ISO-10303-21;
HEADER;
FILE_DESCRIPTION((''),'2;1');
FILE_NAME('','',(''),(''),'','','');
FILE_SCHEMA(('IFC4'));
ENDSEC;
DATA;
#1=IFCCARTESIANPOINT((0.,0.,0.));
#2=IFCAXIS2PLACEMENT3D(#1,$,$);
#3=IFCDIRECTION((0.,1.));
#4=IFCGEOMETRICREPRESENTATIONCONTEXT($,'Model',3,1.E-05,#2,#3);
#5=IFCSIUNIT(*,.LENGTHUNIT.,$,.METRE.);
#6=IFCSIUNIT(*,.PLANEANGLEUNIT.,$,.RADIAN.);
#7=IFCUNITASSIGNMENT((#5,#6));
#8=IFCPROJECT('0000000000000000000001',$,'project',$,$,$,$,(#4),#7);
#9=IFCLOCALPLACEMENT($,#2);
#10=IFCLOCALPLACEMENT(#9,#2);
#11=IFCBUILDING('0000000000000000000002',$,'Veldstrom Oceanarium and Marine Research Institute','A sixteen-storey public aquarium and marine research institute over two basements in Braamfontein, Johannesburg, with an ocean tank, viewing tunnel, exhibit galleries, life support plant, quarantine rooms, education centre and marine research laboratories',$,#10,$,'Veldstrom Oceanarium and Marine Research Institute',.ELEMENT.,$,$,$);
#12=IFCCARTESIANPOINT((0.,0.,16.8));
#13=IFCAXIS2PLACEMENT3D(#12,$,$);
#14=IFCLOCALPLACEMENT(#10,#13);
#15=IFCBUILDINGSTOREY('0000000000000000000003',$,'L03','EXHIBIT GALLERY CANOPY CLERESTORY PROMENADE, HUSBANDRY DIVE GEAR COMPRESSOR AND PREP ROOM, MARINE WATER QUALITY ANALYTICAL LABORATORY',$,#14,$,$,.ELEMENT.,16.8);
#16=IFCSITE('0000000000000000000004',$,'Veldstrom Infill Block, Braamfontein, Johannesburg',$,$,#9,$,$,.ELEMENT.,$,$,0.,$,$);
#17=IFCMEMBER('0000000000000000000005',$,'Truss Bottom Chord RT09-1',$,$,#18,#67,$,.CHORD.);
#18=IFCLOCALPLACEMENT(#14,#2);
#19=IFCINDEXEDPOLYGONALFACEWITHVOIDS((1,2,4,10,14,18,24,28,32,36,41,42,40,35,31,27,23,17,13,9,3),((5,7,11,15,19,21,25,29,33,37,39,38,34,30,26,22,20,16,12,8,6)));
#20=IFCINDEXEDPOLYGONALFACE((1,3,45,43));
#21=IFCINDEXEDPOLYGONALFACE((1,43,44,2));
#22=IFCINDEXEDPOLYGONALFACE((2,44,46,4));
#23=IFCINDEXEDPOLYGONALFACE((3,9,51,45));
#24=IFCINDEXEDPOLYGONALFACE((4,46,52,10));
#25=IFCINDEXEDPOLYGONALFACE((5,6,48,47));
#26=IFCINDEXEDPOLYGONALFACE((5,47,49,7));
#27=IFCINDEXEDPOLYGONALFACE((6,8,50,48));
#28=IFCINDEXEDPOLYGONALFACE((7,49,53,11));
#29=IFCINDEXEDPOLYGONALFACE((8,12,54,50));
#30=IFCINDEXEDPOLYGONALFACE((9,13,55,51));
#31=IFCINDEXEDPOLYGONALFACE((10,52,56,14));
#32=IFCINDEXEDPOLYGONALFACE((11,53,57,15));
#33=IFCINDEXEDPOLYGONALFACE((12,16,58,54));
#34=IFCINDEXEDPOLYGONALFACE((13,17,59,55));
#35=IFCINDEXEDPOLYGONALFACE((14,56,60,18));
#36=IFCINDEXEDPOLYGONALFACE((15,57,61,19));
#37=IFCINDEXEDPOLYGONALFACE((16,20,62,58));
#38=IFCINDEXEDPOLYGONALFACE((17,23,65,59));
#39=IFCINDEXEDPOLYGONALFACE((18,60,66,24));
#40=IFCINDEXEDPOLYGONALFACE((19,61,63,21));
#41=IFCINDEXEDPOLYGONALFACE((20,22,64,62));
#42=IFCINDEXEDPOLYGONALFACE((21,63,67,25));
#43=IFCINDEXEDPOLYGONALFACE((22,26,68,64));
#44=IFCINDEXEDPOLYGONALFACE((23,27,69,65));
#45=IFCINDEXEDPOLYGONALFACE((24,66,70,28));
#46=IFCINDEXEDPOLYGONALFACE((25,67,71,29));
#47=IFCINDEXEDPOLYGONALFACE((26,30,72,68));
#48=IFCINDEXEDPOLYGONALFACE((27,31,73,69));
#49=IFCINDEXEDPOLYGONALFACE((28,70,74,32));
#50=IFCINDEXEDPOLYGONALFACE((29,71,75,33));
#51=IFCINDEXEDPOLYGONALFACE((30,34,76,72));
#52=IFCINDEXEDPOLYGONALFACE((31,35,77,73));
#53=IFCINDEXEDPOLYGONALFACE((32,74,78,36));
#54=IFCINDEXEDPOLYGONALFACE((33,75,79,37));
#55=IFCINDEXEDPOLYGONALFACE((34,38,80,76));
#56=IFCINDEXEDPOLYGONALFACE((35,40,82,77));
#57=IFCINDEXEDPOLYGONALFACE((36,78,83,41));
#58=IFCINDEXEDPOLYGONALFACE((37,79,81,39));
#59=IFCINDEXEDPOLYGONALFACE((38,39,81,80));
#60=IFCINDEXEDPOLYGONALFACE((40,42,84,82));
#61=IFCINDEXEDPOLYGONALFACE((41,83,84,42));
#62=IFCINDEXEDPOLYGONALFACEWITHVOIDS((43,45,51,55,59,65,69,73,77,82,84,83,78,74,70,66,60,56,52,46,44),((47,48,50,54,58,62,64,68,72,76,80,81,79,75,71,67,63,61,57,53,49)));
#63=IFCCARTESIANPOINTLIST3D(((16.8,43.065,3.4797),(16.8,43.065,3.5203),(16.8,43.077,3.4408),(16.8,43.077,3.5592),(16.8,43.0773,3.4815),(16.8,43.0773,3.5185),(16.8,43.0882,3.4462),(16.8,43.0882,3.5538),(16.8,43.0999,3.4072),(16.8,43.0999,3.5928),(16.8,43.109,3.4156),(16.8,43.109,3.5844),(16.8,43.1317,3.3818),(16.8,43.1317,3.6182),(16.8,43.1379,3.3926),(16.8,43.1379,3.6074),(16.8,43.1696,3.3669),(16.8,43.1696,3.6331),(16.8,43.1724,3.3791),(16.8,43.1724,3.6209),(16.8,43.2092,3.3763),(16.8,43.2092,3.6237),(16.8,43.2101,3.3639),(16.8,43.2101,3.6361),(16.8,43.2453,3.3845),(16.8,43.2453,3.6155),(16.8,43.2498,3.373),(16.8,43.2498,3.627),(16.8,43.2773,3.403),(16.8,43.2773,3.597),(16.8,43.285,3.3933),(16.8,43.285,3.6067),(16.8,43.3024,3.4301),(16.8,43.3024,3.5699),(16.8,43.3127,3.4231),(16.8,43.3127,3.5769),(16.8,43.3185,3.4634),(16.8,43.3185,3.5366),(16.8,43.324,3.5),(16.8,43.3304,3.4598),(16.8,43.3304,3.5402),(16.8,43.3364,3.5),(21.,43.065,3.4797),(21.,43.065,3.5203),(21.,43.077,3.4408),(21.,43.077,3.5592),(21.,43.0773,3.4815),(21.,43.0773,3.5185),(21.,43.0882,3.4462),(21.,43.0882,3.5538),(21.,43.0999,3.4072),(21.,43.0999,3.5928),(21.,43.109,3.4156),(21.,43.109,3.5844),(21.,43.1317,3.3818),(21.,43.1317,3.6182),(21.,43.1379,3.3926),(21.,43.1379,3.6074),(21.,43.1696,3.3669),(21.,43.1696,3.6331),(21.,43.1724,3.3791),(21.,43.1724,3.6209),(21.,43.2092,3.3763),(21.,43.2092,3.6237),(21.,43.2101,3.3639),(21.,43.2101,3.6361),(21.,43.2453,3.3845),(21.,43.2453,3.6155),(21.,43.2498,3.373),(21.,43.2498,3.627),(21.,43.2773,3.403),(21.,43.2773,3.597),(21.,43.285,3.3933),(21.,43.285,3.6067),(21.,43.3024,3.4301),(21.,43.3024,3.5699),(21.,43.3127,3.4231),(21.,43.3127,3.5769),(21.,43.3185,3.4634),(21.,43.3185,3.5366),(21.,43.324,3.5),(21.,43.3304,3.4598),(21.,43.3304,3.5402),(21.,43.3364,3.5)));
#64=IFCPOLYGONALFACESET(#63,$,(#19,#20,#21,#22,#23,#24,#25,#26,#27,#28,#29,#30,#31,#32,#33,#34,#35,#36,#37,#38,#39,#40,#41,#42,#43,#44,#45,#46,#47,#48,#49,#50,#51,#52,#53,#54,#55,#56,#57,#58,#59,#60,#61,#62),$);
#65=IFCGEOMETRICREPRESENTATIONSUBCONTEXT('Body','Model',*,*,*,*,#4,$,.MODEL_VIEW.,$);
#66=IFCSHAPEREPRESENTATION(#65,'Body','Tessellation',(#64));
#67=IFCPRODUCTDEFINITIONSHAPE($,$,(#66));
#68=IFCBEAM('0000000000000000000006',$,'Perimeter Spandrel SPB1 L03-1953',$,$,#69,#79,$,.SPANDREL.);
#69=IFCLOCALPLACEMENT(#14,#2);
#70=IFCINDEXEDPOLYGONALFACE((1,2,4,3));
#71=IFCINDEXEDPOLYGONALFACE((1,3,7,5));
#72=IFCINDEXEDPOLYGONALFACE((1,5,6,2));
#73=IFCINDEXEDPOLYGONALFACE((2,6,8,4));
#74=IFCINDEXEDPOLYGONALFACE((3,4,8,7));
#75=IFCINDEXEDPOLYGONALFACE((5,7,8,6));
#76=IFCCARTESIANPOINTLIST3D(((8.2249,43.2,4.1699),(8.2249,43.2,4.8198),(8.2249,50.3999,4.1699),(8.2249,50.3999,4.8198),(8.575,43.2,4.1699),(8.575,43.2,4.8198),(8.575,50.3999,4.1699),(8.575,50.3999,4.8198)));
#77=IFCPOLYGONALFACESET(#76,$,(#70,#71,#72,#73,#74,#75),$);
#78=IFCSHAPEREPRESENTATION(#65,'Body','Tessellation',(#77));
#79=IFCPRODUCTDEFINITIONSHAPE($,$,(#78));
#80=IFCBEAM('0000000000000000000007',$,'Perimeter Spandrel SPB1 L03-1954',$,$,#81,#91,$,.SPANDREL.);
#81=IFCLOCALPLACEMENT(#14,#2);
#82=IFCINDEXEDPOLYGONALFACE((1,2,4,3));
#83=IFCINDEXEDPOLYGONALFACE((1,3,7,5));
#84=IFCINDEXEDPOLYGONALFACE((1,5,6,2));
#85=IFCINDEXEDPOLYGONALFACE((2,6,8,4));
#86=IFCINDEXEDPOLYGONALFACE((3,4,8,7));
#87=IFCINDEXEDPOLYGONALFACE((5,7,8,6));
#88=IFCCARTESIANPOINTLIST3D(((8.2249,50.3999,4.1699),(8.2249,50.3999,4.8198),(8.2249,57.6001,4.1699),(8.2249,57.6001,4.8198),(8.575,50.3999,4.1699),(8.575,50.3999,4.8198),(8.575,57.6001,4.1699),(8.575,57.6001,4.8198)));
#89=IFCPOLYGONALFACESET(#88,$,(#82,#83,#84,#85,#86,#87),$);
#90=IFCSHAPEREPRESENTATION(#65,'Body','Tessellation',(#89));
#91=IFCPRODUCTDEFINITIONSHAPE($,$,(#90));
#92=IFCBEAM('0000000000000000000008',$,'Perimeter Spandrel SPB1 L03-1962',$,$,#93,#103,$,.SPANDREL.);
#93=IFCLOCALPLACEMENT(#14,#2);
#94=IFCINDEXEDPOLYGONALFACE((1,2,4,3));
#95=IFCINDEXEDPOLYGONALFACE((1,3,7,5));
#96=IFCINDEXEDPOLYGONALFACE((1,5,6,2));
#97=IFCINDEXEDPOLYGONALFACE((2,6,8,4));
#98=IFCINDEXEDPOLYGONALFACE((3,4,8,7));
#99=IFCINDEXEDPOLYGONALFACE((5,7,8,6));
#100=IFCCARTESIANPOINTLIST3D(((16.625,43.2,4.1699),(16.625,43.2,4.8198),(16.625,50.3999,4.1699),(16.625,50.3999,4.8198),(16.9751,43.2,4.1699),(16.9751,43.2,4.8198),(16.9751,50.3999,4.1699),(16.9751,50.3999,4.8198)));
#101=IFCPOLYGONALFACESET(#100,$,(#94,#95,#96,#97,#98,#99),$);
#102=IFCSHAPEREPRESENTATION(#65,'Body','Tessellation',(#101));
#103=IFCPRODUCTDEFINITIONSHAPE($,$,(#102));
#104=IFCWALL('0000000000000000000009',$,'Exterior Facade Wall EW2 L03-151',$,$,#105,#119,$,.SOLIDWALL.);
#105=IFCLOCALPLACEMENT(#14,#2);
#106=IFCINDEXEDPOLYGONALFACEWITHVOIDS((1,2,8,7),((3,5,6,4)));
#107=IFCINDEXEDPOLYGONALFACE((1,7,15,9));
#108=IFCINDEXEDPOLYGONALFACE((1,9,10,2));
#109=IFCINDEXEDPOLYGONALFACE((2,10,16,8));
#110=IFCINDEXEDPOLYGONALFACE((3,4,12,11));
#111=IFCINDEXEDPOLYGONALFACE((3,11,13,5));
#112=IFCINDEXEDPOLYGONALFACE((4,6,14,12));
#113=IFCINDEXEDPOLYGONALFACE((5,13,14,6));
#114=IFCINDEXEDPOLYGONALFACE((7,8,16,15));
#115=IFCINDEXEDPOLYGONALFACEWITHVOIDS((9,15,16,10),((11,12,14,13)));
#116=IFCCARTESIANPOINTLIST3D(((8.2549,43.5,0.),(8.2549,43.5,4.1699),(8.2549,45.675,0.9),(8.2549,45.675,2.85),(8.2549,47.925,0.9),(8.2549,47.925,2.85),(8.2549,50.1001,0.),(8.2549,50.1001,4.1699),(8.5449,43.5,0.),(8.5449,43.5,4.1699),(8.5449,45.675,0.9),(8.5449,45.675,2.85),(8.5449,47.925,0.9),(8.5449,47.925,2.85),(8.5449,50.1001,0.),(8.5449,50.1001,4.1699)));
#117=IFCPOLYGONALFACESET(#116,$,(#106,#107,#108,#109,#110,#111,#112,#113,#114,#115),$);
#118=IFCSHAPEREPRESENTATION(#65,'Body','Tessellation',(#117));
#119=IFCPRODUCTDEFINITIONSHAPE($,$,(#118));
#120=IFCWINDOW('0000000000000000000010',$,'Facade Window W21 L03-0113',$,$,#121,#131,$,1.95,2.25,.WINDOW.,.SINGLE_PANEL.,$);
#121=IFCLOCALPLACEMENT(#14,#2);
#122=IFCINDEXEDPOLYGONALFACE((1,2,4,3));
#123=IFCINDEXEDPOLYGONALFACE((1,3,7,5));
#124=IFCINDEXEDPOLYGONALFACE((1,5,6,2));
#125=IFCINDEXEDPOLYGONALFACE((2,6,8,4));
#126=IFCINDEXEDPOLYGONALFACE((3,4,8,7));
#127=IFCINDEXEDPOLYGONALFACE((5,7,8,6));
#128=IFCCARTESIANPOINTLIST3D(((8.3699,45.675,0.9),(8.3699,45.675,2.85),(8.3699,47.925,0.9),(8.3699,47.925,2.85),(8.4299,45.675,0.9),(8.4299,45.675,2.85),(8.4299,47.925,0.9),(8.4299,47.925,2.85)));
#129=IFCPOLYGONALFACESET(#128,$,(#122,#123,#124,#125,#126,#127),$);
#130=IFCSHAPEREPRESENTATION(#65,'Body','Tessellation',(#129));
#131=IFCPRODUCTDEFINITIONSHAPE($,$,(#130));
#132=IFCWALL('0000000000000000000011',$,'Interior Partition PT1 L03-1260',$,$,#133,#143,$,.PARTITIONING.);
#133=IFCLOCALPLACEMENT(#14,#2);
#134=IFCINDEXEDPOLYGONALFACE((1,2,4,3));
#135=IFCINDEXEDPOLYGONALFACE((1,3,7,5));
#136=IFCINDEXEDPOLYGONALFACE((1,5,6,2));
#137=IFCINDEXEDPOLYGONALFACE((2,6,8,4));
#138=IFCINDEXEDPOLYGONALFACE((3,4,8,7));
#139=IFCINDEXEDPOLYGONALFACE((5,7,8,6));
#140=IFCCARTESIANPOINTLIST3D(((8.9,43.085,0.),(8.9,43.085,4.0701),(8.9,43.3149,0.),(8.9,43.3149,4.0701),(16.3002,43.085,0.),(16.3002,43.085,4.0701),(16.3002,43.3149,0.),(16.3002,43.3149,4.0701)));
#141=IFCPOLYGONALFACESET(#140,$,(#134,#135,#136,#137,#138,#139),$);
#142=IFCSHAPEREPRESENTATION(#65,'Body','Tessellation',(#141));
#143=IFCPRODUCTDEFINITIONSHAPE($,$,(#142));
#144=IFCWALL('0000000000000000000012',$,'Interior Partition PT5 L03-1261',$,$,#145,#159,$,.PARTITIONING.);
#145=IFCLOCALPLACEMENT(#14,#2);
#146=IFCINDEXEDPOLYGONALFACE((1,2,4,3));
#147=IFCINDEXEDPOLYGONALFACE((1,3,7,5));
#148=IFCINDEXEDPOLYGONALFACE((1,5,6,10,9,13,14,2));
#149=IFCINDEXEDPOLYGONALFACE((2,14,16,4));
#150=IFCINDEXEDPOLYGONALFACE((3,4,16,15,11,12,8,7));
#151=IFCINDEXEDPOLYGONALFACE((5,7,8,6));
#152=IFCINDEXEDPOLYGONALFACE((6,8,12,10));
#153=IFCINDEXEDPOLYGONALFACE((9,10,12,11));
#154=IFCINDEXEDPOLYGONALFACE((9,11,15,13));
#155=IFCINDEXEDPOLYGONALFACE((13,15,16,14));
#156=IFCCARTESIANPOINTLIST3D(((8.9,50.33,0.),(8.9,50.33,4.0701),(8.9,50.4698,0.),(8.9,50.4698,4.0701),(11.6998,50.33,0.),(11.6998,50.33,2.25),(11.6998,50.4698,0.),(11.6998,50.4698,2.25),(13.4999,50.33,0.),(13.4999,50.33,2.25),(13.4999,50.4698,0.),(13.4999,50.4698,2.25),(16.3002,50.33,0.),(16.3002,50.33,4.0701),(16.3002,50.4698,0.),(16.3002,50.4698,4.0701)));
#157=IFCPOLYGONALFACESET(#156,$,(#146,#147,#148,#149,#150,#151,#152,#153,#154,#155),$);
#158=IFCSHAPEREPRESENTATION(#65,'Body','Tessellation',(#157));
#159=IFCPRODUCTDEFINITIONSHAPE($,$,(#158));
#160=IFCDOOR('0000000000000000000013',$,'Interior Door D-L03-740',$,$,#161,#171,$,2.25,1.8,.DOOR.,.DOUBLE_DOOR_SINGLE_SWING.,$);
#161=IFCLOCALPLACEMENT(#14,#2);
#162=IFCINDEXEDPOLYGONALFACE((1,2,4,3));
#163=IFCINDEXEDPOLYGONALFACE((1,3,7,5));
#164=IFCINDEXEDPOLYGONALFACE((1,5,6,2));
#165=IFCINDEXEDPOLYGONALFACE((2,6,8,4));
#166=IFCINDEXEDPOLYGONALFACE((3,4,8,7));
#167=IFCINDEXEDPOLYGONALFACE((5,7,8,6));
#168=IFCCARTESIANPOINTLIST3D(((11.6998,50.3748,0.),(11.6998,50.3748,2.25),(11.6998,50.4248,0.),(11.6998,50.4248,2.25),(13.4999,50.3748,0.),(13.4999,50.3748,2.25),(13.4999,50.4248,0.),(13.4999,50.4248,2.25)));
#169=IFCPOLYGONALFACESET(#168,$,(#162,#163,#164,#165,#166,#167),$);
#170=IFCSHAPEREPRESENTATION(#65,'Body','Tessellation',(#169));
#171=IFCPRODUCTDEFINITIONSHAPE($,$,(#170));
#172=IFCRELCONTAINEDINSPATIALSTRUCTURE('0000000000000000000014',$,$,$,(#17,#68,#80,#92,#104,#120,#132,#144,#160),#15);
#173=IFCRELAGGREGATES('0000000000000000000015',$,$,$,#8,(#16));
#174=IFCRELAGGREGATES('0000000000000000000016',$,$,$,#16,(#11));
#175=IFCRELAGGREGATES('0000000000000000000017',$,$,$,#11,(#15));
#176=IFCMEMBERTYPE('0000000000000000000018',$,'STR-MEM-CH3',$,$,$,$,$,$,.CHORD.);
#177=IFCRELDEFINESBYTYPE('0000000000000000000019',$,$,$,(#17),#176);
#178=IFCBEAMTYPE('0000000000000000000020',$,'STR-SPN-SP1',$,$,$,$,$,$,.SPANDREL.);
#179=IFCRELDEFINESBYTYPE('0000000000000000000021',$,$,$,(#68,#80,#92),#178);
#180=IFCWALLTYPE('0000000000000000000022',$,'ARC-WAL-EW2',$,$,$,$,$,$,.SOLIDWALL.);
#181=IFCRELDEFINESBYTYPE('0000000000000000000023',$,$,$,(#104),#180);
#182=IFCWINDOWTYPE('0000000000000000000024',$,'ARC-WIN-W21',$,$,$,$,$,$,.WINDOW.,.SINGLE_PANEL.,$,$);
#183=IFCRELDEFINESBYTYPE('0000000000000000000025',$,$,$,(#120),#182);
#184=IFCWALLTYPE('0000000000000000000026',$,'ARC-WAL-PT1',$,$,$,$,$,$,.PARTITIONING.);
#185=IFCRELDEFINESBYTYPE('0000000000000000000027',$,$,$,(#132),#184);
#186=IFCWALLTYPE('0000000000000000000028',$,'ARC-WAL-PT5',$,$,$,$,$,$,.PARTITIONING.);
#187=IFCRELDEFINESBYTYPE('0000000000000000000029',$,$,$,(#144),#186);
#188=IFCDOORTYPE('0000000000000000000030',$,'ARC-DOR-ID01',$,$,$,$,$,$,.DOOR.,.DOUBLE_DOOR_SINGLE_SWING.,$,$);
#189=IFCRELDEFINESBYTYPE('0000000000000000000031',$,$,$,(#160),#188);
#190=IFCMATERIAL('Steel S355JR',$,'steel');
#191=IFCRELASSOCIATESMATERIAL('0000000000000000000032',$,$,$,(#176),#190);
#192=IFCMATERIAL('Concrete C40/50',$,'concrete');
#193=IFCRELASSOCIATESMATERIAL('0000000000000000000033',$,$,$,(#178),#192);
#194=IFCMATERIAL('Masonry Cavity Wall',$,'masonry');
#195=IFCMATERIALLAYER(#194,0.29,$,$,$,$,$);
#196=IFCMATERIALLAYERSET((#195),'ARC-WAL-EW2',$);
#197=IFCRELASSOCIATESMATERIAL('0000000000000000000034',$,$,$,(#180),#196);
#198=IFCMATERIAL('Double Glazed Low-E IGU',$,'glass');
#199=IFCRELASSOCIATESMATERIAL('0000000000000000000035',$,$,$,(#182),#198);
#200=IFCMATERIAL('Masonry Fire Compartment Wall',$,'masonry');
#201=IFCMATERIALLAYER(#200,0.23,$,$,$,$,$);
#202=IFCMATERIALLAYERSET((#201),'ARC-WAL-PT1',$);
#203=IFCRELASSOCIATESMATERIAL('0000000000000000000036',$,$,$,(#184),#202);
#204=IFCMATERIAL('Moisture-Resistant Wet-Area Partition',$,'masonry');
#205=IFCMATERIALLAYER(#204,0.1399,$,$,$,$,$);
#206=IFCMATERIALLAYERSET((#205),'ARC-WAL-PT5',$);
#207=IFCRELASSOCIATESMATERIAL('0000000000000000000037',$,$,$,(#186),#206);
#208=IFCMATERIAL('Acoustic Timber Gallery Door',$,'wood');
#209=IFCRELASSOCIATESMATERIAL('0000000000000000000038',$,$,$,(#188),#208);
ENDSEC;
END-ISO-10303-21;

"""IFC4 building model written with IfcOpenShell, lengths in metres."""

from ifc_helpers import new_model, si_unit, direction, frame, frame_2d, origin, origin_2d, place, context, subcontext, project, spatial, rectangle, hollow_circle, extrude, material, layer, layer_set, material_profile, profile_set, type_object, element, fill, save


model = new_model("IFC4")

# Units and contexts
model_context = context("Model", 3, precision=1e-05, world=origin(), true_north=direction((0.0, 1.0)))
body_context = subcontext(model_context, "Body", "Model", "MODEL_VIEW")
ifc_project = project(units=[si_unit("LENGTHUNIT", "METRE"), si_unit("PLANEANGLEUNIT", "RADIAN")], contexts=[model_context])

# Site, building, storey
site_placement = place(None, origin())
site = spatial("IfcSite", under=ifc_project, at=site_placement, Name="Veldstrom Infill Block, Braamfontein, Johannesburg", CompositionType="ELEMENT", RefElevation=0.0)
building_placement = place(site_placement, origin())
building = spatial("IfcBuilding", under=site, at=building_placement, Name="Veldstrom Oceanarium and Marine Research Institute", Description="A sixteen-storey public aquarium and marine research institute over two basements in Braamfontein, Johannesburg, with an ocean tank, viewing tunnel, exhibit galleries, life support plant, quarantine rooms, education centre and marine research laboratories", LongName="Veldstrom Oceanarium and Marine Research Institute", CompositionType="ELEMENT")
storey_placement = place(building_placement, frame((0.0, 0.0, 16.8)))
storey = spatial("IfcBuildingStorey", under=building, at=storey_placement, Name="L03", Description="EXHIBIT GALLERY CANOPY CLERESTORY PROMENADE, HUSBANDRY DIVE GEAR COMPRESSOR AND PREP ROOM, MARINE WATER QUALITY ANALYTICAL LABORATORY", CompositionType="ELEMENT", Elevation=16.8)

# Member
ifc_material_1 = material(Name="Steel S355JR", Category="steel")
ifc_material_profile_1 = material_profile(ifc_material_1, hollow_circle(Radius=0.1365, WallThickness=0.0125, at=origin_2d()), Name="CHS 273x12.5")
ifc_profile_set_1 = profile_set([ifc_material_profile_1], Name="Steel S355JR")
member_type_1 = type_object("IfcMemberType", Name="STR-MEM-CH3", PredefinedType="CHORD", material=ifc_profile_set_1)
member_1_placement = place(storey_placement, frame((16.8, 43.2, 3.5), z_axis=(1.0, 0.0, 0.0), x_axis=(0.0, 1.0, 0.0)))
element("IfcMember", 1, at=member_1_placement, inside=storey, type_object=member_type_1, Name="Truss Bottom Chord RT09-1", PredefinedType="CHORD", context=body_context, shape_type="SweptSolid", body=[
    extrude(hollow_circle(Radius=0.1365, WallThickness=0.0125, at=origin_2d()), origin(), (0.0, 0.0, 1.0), 4.2),
])

# Beams
ifc_material_2 = material(Name="Concrete C40/50", Category="concrete")
ifc_material_profile_2 = material_profile(ifc_material_2, rectangle(XDim=0.3501, YDim=0.6499, at=origin_2d()), Name="RC-SPN-350x650")
ifc_profile_set_2 = profile_set([ifc_material_profile_2], Name="Concrete C40/50")
beam_type_1 = type_object("IfcBeamType", Name="STR-SPN-SP1", PredefinedType="SPANDREL", material=ifc_profile_set_2)
beam_1_placement = place(storey_placement, frame((8.3999, 43.2, 4.4949), z_axis=(0.0, 1.0, 0.0), x_axis=(-1.0, 0.0, 0.0)))
element("IfcBeam", 2, at=beam_1_placement, inside=storey, type_object=beam_type_1, Name="Perimeter Spandrel SPB1 L03-1953", PredefinedType="SPANDREL", context=body_context, shape_type="SweptSolid", body=[
    extrude(rectangle(XDim=0.3501, YDim=0.6499, at=origin_2d()), origin(), (0.0, 0.0, 1.0), 7.2),
])
beam_2_placement = place(storey_placement, frame((8.3999, 50.3999, 4.4949), z_axis=(0.0, 1.0, 0.0), x_axis=(-1.0, 0.0, 0.0)))
element("IfcBeam", 3, at=beam_2_placement, inside=storey, type_object=beam_type_1, Name="Perimeter Spandrel SPB1 L03-1954", PredefinedType="SPANDREL", context=body_context, shape_type="SweptSolid", body=[
    extrude(rectangle(XDim=0.3501, YDim=0.6499, at=origin_2d()), origin(), (0.0, 0.0, 1.0), 7.2002),
])
beam_3_placement = place(storey_placement, frame((16.8, 43.2, 4.4949), z_axis=(0.0, 1.0, 0.0), x_axis=(-1.0, 0.0, 0.0)))
element("IfcBeam", 4, at=beam_3_placement, inside=storey, type_object=beam_type_1, Name="Perimeter Spandrel SPB1 L03-1962", PredefinedType="SPANDREL", context=body_context, shape_type="SweptSolid", body=[
    extrude(rectangle(XDim=0.3501, YDim=0.6499, at=origin_2d()), origin(), (0.0, 0.0, 1.0), 7.2),
])

# Wall, opening, window
ifc_material_3 = material(Name="Masonry Cavity Wall", Category="masonry")
ifc_layer_1 = layer(ifc_material_3, 0.29)
ifc_layer_set_1 = layer_set([ifc_layer_1], Name="ARC-WAL-EW2")
wall_type_1 = type_object("IfcWallType", Name="ARC-WAL-EW2", PredefinedType="SOLIDWALL", material=ifc_layer_set_1)
wall_1_placement = place(storey_placement, frame((8.3999, 43.5, 0.0), z_axis=(0.0, 0.0, 1.0), x_axis=(0.0, 1.0, 0.0)))
wall_1 = element("IfcWall", 5, at=wall_1_placement, inside=storey, type_object=wall_type_1, Name="Exterior Facade Wall EW2 L03-151", PredefinedType="SOLIDWALL", context=body_context, shape_type="SweptSolid", body=[
    extrude(rectangle(XDim=6.6001, YDim=0.29, at=frame_2d((3.3, 0.0))), origin(), (0.0, 0.0, 1.0), 4.1699),
])
opening_1_placement = place(wall_1_placement, frame((2.175, 0.0, 0.8999)))
opening_1 = element("IfcOpeningElement", 6, at=opening_1_placement, cuts=wall_1, PredefinedType="OPENING", context=body_context, shape_type="SweptSolid", body=[
    extrude(rectangle(XDim=2.25, YDim=1.95, at=frame_2d((1.125, 0.9751))), frame((0.0, 0.155, 0.0), z_axis=(0.0, -1.0, 0.0), x_axis=(1.0, 0.0, 0.0)), (0.0, 0.0, 1.0), 0.3101),
])
ifc_material_4 = material(Name="Double Glazed Low-E IGU", Category="glass")
window_type = type_object("IfcWindowType", Name="ARC-WIN-W21", PartitioningType="SINGLE_PANEL", PredefinedType="WINDOW", material=ifc_material_4)
window_placement = place(opening_1_placement, origin())
window = element("IfcWindow", 7, at=window_placement, inside=storey, type_object=window_type, Name="Facade Window W21 L03-0113", OverallHeight=1.95, OverallWidth=2.25, PartitioningType="SINGLE_PANEL", PredefinedType="WINDOW", context=body_context, shape_type="SweptSolid", body=[
    extrude(rectangle(XDim=2.25, YDim=1.95, at=frame_2d((1.125, 0.9751))), frame((0.0, 0.03, 0.0), z_axis=(0.0, -1.0, 0.0), x_axis=(1.0, 0.0, 0.0)), (0.0, 0.0, 1.0), 0.0601),
])
fill(opening_1, window)

# Wall
ifc_material_5 = material(Name="Masonry Fire Compartment Wall", Category="masonry")
ifc_layer_2 = layer(ifc_material_5, 0.23)
ifc_layer_set_2 = layer_set([ifc_layer_2], Name="ARC-WAL-PT1")
wall_type_2 = type_object("IfcWallType", Name="ARC-WAL-PT1", PredefinedType="PARTITIONING", material=ifc_layer_set_2)
wall_2_placement = place(storey_placement, frame((8.8999, 43.2, 0.0), z_axis=(0.0, 0.0, 1.0), x_axis=(1.0, 0.0, 0.0)))
element("IfcWall", 8, at=wall_2_placement, inside=storey, type_object=wall_type_2, Name="Interior Partition PT1 L03-1260", PredefinedType="PARTITIONING", context=body_context, shape_type="SweptSolid", body=[
    extrude(rectangle(XDim=7.4001, YDim=0.23, at=frame_2d((3.7002, 0.0))), origin(), (0.0, 0.0, 1.0), 4.0701),
])

# Wall, opening, door
ifc_material_6 = material(Name="Moisture-Resistant Wet-Area Partition", Category="masonry")
ifc_layer_3 = layer(ifc_material_6, 0.1399)
ifc_layer_set_3 = layer_set([ifc_layer_3], Name="ARC-WAL-PT5")
wall_type_3 = type_object("IfcWallType", Name="ARC-WAL-PT5", PredefinedType="PARTITIONING", material=ifc_layer_set_3)
wall_3_placement = place(storey_placement, frame((8.8999, 50.3999, 0.0), z_axis=(0.0, 0.0, 1.0), x_axis=(1.0, 0.0, 0.0)))
wall_3 = element("IfcWall", 9, at=wall_3_placement, inside=storey, type_object=wall_type_3, Name="Interior Partition PT5 L03-1261", PredefinedType="PARTITIONING", context=body_context, shape_type="SweptSolid", body=[
    extrude(rectangle(XDim=7.4001, YDim=0.1399, at=frame_2d((3.7002, 0.0))), origin(), (0.0, 0.0, 1.0), 4.0701),
])
opening_2_placement = place(wall_3_placement, frame((2.8, 0.0, 0.0)))
opening_2 = element("IfcOpeningElement", 10, at=opening_2_placement, cuts=wall_3, PredefinedType="OPENING", context=body_context, shape_type="SweptSolid", body=[
    extrude(rectangle(XDim=1.8, YDim=2.25, at=frame_2d((0.8999, 1.125))), frame((0.0, 0.0798, 0.0), z_axis=(0.0, -1.0, 0.0), x_axis=(1.0, 0.0, 0.0)), (0.0, 0.0, 1.0), 0.1599),
])
ifc_material_7 = material(Name="Acoustic Timber Gallery Door", Category="wood")
door_type = type_object("IfcDoorType", Name="ARC-DOR-ID01", OperationType="DOUBLE_DOOR_SINGLE_SWING", PredefinedType="DOOR", material=ifc_material_7)
door_placement = place(opening_2_placement, origin())
door = element("IfcDoor", 11, at=door_placement, inside=storey, type_object=door_type, Name="Interior Door D-L03-740", OperationType="DOUBLE_DOOR_SINGLE_SWING", OverallHeight=2.25, OverallWidth=1.8, PredefinedType="DOOR", context=body_context, shape_type="SweptSolid", body=[
    extrude(rectangle(XDim=1.8, YDim=2.25, at=frame_2d((0.8999, 1.125))), frame((0.0, 0.0249, 0.0), z_axis=(0.0, -1.0, 0.0), x_axis=(1.0, 0.0, 0.0)), (0.0, 0.0, 1.0), 0.05),
])
fill(opening_2, door)

save(model, "model.ifc")
